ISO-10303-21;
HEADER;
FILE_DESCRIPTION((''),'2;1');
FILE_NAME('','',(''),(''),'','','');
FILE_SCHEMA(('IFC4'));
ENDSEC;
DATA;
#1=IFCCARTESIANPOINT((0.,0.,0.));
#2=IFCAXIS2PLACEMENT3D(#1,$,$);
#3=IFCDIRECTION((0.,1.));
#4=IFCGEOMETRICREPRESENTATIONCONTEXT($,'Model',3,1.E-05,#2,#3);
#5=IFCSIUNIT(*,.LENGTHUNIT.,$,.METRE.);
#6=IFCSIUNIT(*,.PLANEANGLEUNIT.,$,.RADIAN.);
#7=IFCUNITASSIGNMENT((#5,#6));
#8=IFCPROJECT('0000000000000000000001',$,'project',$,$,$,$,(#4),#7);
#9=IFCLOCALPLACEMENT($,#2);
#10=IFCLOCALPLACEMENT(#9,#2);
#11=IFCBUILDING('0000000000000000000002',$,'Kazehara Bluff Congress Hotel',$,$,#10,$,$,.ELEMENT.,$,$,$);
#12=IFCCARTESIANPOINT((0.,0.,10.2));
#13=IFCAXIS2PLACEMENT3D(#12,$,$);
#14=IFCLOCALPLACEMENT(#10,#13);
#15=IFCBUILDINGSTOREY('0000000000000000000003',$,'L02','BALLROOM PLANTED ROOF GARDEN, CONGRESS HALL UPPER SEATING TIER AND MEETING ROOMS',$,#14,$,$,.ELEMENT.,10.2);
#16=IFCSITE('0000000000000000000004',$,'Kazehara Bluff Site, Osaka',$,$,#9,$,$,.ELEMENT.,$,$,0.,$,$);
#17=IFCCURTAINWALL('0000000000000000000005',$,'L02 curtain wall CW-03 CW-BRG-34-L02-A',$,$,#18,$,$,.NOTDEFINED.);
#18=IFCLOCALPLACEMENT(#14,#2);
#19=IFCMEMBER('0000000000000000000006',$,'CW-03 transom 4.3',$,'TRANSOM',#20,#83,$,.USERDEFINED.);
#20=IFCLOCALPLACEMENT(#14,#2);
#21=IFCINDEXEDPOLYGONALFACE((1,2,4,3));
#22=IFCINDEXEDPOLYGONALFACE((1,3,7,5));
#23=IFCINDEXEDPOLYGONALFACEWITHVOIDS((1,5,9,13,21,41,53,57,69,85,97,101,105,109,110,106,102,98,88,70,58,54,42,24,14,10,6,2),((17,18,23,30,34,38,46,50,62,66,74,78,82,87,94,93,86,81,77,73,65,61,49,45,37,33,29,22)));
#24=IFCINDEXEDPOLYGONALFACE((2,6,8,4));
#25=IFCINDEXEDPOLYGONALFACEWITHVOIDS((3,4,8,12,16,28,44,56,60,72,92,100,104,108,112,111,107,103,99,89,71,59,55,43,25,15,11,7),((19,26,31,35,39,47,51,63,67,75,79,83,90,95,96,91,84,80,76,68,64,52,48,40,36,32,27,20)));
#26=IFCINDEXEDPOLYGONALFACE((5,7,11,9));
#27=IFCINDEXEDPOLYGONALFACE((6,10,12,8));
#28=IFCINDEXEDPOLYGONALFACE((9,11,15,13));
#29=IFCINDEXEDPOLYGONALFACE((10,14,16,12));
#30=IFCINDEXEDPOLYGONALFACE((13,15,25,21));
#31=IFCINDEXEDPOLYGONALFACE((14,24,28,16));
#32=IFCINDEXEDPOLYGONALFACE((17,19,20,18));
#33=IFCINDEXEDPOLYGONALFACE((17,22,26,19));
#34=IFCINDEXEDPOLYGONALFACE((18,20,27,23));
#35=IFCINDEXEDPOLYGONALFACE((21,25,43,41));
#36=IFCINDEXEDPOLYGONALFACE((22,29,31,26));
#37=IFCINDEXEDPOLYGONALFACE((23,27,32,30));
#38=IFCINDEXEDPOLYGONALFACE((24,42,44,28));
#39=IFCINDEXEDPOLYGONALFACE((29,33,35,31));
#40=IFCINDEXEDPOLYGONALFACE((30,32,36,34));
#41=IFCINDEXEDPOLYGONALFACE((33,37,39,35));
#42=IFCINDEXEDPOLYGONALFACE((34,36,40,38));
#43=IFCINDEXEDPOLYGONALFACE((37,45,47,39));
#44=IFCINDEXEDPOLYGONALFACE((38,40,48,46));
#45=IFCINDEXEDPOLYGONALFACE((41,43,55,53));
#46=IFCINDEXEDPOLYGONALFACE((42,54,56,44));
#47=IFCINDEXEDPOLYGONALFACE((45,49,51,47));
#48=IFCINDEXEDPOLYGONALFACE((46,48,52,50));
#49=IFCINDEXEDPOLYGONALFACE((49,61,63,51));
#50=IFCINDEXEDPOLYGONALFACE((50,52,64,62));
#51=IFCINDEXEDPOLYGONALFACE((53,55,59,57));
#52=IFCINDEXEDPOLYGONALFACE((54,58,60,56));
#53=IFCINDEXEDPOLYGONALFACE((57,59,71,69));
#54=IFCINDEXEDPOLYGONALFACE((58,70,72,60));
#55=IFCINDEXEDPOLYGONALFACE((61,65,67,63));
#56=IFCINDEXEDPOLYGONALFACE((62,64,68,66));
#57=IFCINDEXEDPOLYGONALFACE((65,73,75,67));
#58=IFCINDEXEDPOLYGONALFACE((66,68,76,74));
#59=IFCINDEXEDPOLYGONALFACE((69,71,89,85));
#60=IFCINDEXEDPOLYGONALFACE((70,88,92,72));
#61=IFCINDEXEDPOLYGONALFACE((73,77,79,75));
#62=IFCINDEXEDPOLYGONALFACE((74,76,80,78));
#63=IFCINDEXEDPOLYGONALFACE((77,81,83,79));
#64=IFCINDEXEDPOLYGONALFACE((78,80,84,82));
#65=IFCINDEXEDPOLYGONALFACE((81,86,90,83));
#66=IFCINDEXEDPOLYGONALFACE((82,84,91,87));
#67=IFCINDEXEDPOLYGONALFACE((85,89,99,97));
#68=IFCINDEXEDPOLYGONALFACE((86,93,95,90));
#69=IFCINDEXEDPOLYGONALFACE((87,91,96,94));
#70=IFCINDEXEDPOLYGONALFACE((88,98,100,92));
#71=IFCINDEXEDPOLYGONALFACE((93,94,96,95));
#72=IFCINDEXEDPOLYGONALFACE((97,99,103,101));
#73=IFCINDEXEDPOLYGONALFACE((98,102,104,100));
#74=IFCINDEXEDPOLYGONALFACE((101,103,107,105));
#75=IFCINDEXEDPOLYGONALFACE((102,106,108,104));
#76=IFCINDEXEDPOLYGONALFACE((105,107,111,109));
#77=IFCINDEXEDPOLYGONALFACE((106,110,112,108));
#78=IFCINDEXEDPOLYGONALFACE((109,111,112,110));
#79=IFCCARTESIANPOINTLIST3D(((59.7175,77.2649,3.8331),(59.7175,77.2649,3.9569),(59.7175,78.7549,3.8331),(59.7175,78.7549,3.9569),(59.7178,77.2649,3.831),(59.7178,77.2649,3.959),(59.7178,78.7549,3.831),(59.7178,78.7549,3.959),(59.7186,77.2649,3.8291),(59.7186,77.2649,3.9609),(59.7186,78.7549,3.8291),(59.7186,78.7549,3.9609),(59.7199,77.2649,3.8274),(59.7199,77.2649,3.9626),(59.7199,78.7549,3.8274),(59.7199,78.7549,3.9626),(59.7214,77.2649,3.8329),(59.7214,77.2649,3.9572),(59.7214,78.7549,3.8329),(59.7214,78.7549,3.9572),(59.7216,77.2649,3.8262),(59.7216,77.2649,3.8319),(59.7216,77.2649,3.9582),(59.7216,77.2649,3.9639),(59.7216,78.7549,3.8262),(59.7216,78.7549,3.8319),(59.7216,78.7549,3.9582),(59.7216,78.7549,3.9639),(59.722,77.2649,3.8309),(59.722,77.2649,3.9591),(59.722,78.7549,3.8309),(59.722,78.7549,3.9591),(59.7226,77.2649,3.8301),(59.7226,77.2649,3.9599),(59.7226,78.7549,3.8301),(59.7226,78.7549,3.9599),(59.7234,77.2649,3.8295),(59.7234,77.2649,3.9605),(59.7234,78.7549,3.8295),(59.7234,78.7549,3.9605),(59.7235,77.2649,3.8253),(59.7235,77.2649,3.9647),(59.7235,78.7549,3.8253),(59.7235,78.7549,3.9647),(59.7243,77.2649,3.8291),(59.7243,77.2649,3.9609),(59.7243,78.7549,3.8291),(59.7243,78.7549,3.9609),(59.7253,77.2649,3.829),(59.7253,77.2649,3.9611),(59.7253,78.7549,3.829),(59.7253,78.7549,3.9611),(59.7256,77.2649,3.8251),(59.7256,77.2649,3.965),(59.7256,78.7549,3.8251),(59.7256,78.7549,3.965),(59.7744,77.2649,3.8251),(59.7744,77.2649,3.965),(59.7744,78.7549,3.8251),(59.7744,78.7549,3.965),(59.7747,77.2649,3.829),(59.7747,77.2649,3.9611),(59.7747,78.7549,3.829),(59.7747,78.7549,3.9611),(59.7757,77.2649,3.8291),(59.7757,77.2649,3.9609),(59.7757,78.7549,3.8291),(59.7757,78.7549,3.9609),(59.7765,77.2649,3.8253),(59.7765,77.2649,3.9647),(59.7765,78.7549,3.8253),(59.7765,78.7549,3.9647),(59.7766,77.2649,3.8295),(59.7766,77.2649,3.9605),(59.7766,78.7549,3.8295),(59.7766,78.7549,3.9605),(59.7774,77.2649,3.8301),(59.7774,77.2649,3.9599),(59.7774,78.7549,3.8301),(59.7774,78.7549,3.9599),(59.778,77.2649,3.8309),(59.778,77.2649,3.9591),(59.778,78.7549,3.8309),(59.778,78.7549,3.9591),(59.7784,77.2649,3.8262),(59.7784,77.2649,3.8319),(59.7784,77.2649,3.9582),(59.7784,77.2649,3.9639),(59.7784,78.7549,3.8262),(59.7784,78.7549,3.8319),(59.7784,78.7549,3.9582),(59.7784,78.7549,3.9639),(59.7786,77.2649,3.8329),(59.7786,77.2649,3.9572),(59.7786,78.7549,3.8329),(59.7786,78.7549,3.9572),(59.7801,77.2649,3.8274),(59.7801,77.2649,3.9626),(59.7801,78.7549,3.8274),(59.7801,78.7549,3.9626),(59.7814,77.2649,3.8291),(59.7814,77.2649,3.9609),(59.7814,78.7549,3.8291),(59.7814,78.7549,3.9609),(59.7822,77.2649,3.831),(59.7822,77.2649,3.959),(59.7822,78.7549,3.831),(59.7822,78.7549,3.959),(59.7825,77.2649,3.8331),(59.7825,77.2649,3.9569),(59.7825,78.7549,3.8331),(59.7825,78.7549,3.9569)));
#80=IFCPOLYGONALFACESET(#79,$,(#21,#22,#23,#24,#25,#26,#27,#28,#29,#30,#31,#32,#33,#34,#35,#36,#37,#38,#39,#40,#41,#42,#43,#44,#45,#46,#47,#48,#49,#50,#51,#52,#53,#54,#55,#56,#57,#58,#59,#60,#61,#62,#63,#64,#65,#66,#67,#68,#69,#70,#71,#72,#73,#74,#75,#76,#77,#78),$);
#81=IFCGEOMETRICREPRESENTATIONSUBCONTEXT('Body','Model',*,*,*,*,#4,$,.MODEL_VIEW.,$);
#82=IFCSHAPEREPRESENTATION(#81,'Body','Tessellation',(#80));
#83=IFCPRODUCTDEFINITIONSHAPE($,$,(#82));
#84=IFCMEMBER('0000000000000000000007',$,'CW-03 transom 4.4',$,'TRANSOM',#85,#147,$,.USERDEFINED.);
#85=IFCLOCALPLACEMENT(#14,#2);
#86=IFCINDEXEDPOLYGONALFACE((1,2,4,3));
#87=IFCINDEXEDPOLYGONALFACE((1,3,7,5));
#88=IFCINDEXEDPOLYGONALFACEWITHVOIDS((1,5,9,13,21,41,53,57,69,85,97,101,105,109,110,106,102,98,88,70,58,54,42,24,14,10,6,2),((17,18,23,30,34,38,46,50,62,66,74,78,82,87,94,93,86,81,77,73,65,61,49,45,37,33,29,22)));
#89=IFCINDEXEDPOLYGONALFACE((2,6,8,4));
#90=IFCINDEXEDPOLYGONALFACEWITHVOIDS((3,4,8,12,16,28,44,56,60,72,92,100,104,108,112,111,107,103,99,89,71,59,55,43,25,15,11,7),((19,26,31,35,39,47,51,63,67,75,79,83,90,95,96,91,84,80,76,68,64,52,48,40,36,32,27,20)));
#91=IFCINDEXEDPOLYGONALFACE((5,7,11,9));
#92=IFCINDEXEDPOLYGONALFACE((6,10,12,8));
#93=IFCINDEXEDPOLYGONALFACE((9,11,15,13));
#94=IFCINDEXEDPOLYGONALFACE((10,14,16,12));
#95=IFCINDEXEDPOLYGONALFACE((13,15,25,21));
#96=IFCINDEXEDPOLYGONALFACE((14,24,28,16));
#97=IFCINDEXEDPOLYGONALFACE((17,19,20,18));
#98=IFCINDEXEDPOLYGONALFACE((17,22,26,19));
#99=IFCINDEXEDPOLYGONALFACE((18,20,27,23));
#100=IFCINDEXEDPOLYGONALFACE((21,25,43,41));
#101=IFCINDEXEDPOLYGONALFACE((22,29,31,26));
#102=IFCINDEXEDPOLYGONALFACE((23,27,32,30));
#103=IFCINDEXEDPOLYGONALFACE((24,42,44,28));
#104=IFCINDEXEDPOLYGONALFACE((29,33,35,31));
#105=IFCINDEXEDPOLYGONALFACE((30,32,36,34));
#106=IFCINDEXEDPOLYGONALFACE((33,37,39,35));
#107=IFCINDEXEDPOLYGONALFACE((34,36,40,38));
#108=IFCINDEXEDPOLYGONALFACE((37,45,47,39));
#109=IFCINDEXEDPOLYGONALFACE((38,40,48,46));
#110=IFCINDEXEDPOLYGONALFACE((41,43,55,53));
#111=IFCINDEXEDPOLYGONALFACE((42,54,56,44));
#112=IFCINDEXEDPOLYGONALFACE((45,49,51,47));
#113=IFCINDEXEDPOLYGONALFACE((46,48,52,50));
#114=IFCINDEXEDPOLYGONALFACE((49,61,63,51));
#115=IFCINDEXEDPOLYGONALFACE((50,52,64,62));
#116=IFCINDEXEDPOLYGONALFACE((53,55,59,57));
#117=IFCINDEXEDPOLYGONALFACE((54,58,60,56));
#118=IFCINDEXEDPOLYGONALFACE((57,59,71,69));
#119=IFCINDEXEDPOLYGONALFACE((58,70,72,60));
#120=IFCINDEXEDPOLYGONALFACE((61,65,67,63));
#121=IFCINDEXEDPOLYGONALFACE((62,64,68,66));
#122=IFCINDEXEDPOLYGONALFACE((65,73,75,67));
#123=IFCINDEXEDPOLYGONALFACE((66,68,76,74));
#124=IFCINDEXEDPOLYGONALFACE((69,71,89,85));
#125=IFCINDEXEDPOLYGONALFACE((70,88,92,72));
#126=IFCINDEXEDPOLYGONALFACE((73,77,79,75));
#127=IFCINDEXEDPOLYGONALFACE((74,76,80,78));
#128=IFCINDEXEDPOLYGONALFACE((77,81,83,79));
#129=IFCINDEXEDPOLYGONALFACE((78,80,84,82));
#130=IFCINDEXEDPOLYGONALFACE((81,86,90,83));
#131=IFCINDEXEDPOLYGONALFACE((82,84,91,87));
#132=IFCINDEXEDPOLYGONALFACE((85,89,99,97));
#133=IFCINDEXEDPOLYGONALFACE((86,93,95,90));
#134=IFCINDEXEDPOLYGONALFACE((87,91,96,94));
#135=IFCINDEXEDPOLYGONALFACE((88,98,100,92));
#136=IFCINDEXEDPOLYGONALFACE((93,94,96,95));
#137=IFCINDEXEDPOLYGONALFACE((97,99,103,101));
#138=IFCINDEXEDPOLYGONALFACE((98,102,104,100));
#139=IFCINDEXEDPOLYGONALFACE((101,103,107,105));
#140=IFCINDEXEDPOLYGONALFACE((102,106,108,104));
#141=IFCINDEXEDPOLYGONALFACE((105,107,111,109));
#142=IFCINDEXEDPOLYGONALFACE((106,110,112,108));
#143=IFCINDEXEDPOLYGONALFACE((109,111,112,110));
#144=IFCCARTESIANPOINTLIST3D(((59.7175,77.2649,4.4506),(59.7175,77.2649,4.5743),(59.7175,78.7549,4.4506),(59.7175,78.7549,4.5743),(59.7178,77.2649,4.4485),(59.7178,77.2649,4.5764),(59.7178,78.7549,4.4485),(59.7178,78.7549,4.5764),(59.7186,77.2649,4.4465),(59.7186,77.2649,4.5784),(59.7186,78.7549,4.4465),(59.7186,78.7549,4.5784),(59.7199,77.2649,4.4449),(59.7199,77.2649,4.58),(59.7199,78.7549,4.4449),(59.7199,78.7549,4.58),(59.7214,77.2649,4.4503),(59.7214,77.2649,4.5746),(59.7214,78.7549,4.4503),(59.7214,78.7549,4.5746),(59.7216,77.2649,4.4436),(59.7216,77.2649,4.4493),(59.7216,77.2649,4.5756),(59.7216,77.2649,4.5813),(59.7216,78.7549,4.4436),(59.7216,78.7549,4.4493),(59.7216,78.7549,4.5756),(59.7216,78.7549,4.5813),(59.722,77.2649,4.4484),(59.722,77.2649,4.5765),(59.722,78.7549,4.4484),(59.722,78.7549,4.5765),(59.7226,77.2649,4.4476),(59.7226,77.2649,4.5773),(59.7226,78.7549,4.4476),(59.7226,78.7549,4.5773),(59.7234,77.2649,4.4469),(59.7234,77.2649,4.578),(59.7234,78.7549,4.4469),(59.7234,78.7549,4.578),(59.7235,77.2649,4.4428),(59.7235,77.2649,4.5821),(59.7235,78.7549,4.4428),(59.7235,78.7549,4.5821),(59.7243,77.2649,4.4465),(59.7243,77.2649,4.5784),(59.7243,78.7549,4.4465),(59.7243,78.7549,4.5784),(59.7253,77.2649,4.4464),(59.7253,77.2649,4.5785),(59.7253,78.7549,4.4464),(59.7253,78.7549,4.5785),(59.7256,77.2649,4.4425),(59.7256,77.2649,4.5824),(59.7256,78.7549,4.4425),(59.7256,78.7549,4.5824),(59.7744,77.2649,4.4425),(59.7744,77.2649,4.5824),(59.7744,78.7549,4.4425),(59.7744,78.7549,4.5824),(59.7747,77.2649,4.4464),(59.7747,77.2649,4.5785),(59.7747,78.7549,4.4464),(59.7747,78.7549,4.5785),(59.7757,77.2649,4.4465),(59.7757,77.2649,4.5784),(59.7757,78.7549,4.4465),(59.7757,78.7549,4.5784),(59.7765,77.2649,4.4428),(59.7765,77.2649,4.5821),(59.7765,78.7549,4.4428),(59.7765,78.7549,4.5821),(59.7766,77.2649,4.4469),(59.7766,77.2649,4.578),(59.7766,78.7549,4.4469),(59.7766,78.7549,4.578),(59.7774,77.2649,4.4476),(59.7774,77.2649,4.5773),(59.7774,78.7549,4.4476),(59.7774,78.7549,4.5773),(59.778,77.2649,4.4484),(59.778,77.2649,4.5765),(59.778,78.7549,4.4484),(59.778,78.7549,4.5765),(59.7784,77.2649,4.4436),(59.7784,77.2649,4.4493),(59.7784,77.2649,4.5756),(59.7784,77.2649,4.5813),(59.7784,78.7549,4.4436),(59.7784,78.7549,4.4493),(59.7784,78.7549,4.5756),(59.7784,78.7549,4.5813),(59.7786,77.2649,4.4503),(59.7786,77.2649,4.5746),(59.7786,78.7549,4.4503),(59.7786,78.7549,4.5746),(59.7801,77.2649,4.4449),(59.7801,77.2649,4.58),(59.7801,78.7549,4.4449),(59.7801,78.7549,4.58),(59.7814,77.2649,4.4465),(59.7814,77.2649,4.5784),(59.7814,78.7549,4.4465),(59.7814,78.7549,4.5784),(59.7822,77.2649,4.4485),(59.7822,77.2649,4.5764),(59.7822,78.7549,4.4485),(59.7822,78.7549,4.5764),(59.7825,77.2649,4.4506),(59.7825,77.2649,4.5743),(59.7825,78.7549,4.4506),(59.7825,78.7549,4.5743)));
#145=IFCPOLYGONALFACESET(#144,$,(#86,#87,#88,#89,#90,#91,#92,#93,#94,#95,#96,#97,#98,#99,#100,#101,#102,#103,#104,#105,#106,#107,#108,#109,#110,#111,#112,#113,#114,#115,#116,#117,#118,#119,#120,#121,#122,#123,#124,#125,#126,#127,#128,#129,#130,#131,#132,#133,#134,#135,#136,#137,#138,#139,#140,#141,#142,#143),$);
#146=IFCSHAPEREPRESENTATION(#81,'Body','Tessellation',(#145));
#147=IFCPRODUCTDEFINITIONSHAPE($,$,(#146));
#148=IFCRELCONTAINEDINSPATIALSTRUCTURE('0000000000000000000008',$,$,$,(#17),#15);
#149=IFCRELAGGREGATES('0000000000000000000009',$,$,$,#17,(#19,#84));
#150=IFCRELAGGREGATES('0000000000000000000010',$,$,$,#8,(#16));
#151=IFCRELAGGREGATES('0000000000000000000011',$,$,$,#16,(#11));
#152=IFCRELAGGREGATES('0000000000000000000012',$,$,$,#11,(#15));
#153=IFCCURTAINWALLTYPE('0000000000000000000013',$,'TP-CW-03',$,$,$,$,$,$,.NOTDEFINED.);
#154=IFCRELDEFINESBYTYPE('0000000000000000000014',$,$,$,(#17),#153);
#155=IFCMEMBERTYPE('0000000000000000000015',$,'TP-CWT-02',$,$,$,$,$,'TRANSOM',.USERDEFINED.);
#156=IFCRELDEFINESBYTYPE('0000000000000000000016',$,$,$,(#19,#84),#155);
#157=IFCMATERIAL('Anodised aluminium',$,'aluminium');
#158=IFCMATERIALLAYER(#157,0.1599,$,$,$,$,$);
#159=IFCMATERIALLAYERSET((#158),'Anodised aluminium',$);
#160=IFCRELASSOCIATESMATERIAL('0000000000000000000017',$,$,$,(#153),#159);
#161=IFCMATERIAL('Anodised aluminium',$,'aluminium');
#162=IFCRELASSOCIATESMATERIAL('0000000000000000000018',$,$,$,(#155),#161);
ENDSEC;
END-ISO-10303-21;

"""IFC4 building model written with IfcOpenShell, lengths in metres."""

from ifc_helpers import new_model, si_unit, direction, frame, origin, origin_2d, place, context, subcontext, project, spatial, hollow_rectangle, extrude, material, layer, layer_set, material_profile, profile_set, type_object, element, aggregate, save


model = new_model("IFC4")

# Units and contexts
model_context = context("Model", 3, precision=1e-05, world=origin(), true_north=direction((0.0, 1.0)))
body_context = subcontext(model_context, "Body", "Model", "MODEL_VIEW")
ifc_project = project(units=[si_unit("LENGTHUNIT", "METRE"), si_unit("PLANEANGLEUNIT", "RADIAN")], contexts=[model_context])

# Site, building, storey
site_placement = place(None, origin())
site = spatial("IfcSite", under=ifc_project, at=site_placement, Name="Kazehara Bluff Site, Osaka", CompositionType="ELEMENT", RefElevation=0.0)
building_placement = place(site_placement, origin())
building = spatial("IfcBuilding", under=site, at=building_placement, Name="Kazehara Bluff Congress Hotel", CompositionType="ELEMENT")
storey_placement = place(building_placement, frame((0.0, 0.0, 10.2)))
storey = spatial("IfcBuildingStorey", under=building, at=storey_placement, Name="L02", Description="BALLROOM PLANTED ROOF GARDEN, CONGRESS HALL UPPER SEATING TIER AND MEETING ROOMS", CompositionType="ELEMENT", Elevation=10.2)

# Curtain wall
ifc_material_1 = material(Name="Anodised aluminium", Category="aluminium")
ifc_layer_1 = layer(ifc_material_1, 0.1599)
ifc_layer_set_1 = layer_set([ifc_layer_1], Name="Anodised aluminium")
curtain_wall_type_1 = type_object("IfcCurtainWallType", Name="TP-CW-03", PredefinedType="NOTDEFINED", material=ifc_layer_set_1)
curtain_wall_1_placement = place(storey_placement, origin())
curtain_wall_1 = element("IfcCurtainWall", 1, at=curtain_wall_1_placement, inside=storey, type_object=curtain_wall_type_1, Name="L02 curtain wall CW-03 CW-BRG-34-L02-A", PredefinedType="NOTDEFINED")

# Members
ifc_material_2 = material(Name="Anodised aluminium", Category="aluminium")
ifc_material_profile_1 = material_profile(ifc_material_2, hollow_rectangle(XDim=0.0649, YDim=0.1399, WallThickness=0.0039, InnerFilletRadius=0.0039, OuterFilletRadius=0.0081, at=origin_2d()))
ifc_profile_set_1 = profile_set([ifc_material_profile_1], Name="Anodised aluminium")
member_type_1 = type_object("IfcMemberType", Name="TP-CWT-02", ElementType="TRANSOM", PredefinedType="USERDEFINED", material=ifc_profile_set_1)
member_1_placement = place(storey_placement, frame((59.75, 77.2649, 3.895), z_axis=(0.0, 1.0, 0.0), x_axis=(-1.0, 0.0, 0.0)))
member_1 = element("IfcMember", 2, at=member_1_placement, type_object=member_type_1, Name="CW-03 transom 4.3", ObjectType="TRANSOM", PredefinedType="USERDEFINED", context=body_context, shape_type="SweptSolid", body=[
    extrude(hollow_rectangle(XDim=0.0649, YDim=0.1399, WallThickness=0.0039, InnerFilletRadius=0.0039, OuterFilletRadius=0.0081, at=origin_2d()), origin(), (0.0, 0.0, 1.0), 1.49),
])
member_2_placement = place(storey_placement, frame((59.75, 77.2649, 4.5125), z_axis=(0.0, 1.0, 0.0), x_axis=(-1.0, 0.0, 0.0)))
member_2 = element("IfcMember", 3, at=member_2_placement, type_object=member_type_1, Name="CW-03 transom 4.4", ObjectType="TRANSOM", PredefinedType="USERDEFINED", context=body_context, shape_type="SweptSolid", body=[
    extrude(hollow_rectangle(XDim=0.0649, YDim=0.1399, WallThickness=0.0039, InnerFilletRadius=0.0039, OuterFilletRadius=0.0081, at=origin_2d()), origin(), (0.0, 0.0, 1.0), 1.49),
])

aggregate(curtain_wall_1, [member_1, member_2])

save(model, "model.ifc")
